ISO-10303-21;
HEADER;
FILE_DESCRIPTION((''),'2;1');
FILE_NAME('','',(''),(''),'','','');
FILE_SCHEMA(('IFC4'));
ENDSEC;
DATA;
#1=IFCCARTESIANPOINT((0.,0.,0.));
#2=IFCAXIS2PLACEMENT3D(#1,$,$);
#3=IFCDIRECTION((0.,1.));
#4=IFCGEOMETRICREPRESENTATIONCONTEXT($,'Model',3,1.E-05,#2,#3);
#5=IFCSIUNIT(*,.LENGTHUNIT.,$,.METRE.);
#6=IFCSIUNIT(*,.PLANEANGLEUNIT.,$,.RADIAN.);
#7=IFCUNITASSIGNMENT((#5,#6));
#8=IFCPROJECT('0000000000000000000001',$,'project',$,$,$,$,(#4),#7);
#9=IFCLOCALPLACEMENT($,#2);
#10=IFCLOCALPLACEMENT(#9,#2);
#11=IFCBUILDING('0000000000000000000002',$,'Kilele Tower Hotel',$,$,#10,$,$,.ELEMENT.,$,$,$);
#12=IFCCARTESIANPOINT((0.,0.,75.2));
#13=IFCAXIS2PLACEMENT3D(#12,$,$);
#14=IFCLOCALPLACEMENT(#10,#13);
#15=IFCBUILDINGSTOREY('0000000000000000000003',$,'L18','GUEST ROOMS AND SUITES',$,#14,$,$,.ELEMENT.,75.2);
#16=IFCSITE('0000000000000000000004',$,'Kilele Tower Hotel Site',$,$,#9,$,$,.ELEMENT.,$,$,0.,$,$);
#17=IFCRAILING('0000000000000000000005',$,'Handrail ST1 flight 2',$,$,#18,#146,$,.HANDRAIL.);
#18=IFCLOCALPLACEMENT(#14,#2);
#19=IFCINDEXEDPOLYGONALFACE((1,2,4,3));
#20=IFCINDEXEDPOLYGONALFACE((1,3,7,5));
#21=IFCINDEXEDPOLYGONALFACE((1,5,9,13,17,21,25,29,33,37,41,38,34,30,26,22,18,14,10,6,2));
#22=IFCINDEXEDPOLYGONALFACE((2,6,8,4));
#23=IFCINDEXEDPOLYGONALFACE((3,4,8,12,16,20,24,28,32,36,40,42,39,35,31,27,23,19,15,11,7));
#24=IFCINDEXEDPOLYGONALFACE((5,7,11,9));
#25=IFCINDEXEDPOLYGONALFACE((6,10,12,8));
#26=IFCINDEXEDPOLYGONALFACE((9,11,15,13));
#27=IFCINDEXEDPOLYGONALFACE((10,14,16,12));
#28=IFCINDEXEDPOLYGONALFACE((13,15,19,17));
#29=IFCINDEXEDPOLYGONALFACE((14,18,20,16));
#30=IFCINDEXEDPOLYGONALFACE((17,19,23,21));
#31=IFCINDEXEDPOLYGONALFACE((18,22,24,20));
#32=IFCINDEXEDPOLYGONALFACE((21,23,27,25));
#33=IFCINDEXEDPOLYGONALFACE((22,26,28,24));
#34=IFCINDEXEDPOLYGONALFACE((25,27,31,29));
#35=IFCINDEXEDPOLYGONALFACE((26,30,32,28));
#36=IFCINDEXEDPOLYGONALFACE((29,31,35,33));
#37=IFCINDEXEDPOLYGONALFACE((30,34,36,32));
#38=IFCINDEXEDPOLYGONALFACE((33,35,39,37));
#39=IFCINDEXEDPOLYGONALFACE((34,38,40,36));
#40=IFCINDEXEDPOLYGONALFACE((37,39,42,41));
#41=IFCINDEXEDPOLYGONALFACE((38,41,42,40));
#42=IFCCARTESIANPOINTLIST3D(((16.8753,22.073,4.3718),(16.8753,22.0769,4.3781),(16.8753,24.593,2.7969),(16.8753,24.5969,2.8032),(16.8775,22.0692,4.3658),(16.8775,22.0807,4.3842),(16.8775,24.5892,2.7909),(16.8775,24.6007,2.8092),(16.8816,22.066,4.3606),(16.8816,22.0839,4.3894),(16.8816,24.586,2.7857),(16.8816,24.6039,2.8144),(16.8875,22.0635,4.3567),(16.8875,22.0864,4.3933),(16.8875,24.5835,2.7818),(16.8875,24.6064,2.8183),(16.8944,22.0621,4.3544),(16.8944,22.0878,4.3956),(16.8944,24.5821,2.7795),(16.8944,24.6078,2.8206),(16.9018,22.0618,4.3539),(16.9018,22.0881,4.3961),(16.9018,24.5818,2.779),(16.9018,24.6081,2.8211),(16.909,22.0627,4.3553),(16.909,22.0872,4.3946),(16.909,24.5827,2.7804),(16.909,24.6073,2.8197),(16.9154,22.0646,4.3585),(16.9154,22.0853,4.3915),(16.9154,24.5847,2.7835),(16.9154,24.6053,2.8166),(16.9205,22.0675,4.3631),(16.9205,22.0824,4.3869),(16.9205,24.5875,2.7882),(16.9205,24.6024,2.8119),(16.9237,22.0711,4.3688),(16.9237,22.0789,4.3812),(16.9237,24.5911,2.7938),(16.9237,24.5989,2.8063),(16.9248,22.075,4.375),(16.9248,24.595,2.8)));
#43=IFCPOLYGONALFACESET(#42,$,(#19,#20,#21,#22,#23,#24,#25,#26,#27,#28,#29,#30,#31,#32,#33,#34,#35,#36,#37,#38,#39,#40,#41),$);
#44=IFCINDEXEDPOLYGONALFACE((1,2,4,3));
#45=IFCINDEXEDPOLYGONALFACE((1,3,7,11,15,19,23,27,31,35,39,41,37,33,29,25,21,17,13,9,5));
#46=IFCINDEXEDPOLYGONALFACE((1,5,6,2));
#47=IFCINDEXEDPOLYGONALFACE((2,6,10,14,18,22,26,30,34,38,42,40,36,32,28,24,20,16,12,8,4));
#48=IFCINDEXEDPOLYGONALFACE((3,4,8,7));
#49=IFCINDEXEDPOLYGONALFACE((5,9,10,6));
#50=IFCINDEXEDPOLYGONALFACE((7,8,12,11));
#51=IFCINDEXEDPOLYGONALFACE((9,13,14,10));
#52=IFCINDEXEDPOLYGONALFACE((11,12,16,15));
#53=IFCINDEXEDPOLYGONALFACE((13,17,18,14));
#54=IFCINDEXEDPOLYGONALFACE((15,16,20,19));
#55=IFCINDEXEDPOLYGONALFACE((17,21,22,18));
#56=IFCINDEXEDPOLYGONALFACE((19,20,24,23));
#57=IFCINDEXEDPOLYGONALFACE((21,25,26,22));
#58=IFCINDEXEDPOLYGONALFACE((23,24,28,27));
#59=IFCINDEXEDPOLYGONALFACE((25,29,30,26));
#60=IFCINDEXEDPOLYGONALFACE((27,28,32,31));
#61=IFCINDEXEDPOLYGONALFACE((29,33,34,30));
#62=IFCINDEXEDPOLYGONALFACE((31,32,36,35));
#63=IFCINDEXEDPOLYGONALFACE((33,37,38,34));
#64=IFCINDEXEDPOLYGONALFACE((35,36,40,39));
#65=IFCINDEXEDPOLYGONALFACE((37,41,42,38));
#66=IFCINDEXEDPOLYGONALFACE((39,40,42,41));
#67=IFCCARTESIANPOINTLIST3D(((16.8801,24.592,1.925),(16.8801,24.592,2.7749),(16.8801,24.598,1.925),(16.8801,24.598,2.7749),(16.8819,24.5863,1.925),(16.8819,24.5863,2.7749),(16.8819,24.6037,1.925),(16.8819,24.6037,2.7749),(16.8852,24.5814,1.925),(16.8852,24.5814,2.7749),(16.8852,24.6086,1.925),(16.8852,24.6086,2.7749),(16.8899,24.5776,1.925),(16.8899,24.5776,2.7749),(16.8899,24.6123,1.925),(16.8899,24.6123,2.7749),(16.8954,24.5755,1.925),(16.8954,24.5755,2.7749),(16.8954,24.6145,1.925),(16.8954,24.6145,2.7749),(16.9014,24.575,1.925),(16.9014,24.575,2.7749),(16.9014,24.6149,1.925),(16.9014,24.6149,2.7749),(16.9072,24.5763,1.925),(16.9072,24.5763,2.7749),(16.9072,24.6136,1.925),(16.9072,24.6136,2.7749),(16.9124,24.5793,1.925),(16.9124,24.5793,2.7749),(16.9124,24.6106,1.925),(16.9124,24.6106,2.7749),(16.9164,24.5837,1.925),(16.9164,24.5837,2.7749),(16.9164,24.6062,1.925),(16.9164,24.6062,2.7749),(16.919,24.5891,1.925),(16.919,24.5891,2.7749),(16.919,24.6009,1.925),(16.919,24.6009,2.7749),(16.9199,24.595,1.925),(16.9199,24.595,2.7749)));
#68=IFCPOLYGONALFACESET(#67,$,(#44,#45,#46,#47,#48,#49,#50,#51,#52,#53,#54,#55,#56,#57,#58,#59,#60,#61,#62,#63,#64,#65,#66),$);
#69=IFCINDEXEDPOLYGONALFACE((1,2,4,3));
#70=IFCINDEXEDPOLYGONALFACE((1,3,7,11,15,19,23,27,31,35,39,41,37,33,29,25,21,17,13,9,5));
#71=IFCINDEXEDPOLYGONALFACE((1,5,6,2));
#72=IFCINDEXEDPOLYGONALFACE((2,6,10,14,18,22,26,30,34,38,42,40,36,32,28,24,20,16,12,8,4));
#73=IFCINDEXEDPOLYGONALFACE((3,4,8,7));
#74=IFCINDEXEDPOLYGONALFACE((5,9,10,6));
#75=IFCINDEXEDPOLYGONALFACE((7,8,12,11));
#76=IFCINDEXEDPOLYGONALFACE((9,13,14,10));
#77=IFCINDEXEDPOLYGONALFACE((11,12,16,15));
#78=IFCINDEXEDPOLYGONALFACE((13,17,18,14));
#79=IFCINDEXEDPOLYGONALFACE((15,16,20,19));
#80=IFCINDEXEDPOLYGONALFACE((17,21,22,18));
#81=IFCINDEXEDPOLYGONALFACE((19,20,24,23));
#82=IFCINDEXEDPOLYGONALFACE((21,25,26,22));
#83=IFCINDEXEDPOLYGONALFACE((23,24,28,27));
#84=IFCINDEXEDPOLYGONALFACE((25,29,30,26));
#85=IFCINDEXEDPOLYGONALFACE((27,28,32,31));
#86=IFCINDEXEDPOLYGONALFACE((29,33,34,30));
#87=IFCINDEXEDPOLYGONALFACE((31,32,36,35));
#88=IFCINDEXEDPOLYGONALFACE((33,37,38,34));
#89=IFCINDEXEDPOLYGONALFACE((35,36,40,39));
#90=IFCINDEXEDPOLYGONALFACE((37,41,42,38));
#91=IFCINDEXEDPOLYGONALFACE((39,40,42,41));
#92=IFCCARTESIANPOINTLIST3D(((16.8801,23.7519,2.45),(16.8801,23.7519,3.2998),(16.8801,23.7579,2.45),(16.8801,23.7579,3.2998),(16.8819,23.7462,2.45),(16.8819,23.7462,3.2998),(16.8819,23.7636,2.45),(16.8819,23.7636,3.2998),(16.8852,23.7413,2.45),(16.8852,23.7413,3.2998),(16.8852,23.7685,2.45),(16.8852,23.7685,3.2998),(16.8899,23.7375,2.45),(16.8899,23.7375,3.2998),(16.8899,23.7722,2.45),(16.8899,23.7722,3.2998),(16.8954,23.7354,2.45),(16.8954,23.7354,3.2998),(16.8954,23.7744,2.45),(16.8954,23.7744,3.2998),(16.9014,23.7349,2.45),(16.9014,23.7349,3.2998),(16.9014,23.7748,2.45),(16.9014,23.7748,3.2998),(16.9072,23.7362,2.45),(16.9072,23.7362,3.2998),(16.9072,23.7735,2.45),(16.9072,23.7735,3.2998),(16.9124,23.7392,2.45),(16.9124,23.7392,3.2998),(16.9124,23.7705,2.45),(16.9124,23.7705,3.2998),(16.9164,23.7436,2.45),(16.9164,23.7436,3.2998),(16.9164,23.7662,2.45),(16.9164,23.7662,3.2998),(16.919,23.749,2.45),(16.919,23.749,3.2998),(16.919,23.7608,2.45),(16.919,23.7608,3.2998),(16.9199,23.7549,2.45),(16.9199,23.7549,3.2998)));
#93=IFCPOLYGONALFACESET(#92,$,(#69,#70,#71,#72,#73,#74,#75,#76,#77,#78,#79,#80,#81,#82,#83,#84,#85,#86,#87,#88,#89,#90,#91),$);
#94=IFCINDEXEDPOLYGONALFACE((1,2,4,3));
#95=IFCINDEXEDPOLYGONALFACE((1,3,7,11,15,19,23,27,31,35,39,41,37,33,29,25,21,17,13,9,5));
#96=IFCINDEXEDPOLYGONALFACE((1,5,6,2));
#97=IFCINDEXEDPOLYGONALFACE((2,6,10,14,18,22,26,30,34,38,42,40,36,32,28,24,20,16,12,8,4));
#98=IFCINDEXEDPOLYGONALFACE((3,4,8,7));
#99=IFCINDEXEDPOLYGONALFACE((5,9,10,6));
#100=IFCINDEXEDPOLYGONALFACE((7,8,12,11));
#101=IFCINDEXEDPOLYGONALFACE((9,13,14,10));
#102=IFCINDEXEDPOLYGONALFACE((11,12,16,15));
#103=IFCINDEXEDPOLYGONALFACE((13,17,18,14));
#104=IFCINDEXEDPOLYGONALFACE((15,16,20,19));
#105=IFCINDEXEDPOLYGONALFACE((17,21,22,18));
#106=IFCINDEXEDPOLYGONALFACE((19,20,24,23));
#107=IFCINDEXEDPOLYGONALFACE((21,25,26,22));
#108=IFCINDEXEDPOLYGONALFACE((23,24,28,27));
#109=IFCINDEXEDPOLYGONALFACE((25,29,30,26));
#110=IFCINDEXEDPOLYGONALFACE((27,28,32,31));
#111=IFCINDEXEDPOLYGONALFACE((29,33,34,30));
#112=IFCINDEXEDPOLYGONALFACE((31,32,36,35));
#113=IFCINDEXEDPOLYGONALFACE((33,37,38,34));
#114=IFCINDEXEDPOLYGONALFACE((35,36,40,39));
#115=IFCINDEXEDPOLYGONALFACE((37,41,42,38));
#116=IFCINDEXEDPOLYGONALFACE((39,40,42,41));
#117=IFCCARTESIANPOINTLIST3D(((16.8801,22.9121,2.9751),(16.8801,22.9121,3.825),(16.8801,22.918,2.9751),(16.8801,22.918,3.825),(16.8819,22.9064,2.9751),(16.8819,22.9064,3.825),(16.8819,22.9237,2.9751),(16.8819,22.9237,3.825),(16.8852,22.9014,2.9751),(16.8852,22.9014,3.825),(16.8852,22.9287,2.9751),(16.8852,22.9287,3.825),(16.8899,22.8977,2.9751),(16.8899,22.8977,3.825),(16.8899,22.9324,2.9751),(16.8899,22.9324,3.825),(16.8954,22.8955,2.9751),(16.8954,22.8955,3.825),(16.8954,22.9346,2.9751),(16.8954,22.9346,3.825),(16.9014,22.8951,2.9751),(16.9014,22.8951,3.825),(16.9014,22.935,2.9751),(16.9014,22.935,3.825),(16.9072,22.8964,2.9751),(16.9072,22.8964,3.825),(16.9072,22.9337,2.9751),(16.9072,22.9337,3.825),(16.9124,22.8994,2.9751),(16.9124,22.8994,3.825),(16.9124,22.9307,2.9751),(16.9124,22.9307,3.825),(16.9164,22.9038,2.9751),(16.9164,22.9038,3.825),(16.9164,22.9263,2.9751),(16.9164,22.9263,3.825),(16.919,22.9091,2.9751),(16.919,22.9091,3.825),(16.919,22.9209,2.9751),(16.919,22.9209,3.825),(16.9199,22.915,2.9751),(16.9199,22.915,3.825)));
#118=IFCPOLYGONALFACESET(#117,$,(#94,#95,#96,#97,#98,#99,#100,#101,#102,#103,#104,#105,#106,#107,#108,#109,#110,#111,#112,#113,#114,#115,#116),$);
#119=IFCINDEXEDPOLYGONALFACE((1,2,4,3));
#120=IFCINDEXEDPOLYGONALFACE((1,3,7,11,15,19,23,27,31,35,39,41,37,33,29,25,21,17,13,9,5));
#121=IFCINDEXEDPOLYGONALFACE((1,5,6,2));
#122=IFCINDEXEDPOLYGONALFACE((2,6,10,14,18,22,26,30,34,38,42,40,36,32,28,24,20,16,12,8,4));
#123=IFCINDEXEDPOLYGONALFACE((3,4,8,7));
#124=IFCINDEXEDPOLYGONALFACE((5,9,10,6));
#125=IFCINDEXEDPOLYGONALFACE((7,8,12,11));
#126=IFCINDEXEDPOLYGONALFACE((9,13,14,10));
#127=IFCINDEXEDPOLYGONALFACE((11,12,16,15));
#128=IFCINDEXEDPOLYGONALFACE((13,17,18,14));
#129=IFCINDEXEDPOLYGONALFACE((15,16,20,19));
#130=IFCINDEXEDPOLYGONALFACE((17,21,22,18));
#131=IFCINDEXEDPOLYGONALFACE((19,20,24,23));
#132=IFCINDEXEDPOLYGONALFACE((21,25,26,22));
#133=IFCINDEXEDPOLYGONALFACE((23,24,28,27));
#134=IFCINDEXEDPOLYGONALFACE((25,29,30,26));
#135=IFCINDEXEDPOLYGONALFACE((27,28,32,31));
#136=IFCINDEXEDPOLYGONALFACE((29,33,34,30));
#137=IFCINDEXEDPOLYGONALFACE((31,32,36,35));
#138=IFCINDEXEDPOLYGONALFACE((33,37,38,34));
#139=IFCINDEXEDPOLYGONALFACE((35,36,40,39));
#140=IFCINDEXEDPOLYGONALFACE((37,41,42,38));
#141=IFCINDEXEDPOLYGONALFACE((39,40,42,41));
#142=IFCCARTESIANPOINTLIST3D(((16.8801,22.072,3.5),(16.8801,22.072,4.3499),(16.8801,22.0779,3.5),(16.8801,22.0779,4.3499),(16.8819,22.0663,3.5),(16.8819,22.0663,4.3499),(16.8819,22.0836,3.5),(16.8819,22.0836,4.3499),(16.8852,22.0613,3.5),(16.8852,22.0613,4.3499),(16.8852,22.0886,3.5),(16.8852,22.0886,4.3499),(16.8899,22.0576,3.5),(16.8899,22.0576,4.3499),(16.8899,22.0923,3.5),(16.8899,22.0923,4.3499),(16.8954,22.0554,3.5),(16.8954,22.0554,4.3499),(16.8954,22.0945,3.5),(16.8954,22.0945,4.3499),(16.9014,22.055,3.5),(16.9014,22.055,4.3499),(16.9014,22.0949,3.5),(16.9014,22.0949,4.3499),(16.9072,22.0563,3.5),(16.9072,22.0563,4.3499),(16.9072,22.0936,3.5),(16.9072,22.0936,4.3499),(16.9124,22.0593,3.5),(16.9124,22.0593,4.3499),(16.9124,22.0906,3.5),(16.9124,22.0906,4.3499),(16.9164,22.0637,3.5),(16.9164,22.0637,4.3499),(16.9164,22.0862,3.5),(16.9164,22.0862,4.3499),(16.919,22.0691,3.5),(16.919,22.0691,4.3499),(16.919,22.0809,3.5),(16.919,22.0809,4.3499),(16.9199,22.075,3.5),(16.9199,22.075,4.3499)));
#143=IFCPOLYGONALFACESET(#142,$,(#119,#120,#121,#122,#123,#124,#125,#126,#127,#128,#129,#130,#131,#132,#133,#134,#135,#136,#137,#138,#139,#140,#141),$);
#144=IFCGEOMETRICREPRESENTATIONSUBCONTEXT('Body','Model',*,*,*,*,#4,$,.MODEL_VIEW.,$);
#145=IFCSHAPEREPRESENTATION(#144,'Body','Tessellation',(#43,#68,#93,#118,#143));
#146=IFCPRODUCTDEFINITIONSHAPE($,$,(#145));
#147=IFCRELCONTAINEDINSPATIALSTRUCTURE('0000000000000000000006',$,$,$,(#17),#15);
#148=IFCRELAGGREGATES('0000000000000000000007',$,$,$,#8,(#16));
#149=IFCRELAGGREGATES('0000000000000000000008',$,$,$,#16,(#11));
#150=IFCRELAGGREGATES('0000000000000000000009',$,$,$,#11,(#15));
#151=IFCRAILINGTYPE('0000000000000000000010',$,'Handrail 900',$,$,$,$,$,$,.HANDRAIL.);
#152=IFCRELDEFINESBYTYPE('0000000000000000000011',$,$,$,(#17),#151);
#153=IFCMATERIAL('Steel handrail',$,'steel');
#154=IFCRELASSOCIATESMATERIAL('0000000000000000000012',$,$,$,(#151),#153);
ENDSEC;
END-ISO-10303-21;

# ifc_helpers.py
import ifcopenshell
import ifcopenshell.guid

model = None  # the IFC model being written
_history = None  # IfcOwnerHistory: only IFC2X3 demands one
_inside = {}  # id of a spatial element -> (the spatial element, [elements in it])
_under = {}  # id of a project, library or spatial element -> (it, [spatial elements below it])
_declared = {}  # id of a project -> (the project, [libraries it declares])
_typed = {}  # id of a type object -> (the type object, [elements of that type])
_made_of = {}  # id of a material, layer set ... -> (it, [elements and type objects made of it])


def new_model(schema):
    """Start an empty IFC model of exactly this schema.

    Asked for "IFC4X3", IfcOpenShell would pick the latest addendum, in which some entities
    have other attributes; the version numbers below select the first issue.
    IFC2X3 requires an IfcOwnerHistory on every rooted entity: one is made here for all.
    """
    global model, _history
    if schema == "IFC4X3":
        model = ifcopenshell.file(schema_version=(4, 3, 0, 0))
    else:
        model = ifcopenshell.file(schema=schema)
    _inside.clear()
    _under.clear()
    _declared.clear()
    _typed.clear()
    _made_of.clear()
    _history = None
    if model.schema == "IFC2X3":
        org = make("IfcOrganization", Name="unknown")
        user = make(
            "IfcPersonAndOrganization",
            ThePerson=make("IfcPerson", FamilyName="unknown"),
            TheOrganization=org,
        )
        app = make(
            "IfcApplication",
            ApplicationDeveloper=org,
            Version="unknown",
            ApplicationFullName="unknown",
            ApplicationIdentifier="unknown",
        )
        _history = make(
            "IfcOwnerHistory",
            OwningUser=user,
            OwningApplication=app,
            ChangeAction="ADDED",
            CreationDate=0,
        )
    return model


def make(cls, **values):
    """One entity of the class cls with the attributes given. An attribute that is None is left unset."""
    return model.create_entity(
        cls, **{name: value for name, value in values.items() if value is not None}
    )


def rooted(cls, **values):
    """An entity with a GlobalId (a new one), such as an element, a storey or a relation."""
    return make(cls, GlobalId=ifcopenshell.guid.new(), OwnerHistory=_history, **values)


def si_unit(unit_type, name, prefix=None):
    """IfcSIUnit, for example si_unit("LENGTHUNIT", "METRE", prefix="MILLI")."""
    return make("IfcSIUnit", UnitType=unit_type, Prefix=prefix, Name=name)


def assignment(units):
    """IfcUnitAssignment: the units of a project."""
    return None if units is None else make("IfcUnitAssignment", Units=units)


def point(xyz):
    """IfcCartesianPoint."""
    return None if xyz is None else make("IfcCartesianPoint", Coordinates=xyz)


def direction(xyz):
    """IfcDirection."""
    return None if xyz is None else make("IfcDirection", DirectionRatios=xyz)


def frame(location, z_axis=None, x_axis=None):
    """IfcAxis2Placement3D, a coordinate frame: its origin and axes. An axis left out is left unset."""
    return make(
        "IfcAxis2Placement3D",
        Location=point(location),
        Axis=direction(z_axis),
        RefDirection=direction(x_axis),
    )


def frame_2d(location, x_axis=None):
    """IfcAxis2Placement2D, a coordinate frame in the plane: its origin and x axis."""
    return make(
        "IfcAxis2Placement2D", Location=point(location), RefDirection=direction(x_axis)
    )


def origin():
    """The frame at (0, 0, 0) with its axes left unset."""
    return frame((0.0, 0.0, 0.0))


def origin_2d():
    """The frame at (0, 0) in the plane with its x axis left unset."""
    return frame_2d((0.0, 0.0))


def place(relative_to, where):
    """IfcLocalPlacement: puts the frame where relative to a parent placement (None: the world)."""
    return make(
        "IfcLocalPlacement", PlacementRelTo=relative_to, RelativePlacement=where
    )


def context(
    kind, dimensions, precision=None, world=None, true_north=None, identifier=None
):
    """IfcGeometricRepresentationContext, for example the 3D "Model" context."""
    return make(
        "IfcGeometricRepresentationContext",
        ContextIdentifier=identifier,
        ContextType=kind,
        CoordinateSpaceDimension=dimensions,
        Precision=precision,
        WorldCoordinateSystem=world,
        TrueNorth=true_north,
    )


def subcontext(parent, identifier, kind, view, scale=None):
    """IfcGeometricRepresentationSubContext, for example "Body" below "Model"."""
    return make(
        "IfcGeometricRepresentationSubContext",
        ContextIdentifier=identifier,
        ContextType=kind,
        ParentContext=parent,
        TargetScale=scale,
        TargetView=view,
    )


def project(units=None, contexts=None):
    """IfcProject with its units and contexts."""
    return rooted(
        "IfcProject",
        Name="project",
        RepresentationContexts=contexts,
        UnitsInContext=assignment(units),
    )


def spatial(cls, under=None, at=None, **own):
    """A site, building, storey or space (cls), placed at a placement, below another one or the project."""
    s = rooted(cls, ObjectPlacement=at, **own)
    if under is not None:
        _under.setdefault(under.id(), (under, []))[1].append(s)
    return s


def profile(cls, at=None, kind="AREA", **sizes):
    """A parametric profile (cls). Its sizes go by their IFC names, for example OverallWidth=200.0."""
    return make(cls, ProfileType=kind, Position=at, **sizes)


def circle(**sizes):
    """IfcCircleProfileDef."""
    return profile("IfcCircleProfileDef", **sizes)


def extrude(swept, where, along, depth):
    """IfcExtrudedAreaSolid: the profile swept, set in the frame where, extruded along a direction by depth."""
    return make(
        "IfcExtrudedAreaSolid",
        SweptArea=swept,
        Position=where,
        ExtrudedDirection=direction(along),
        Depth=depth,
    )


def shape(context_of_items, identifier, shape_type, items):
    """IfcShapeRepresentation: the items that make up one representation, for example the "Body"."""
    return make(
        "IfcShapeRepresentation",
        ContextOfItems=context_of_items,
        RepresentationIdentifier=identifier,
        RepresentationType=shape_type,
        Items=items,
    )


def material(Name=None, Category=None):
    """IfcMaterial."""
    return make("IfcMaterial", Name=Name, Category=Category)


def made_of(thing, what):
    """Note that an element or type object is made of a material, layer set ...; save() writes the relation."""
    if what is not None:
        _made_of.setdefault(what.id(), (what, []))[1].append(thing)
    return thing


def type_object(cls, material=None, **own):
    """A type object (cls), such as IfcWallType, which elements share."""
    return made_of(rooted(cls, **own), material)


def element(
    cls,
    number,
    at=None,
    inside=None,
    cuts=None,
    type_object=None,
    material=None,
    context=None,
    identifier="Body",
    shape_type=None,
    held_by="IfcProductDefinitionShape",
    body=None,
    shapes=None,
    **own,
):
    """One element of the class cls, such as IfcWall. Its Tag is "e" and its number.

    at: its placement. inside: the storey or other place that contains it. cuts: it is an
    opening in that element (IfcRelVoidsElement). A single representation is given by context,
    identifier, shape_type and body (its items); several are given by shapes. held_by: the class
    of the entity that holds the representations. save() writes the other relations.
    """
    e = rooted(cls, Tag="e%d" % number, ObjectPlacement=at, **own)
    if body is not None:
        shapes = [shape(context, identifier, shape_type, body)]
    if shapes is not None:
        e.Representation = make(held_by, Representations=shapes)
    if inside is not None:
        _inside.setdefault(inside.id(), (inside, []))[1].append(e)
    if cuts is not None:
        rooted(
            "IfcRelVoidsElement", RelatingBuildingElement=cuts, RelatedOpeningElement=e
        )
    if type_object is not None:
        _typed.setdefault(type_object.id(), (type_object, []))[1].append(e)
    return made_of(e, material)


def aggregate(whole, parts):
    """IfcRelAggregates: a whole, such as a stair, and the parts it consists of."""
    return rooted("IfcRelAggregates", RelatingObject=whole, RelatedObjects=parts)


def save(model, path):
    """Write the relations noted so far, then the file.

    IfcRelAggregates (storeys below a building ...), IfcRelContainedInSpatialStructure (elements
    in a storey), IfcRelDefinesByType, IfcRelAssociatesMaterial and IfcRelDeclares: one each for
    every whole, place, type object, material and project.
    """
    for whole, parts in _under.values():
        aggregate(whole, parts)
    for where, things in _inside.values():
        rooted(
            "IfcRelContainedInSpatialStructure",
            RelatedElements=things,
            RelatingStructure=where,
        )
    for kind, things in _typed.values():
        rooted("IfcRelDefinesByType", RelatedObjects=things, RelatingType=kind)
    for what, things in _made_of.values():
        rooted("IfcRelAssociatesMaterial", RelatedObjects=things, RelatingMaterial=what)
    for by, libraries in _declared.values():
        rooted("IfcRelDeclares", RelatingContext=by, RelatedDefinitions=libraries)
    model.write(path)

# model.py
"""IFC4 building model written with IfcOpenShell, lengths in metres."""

from ifc_helpers import new_model, si_unit, direction, frame, origin, origin_2d, place, context, subcontext, project, spatial, circle, extrude, material, type_object, element, save


model = new_model("IFC4")

# Units and contexts
model_context = context("Model", 3, precision=1e-05, world=origin(), true_north=direction((0.0, 1.0)))
body_context = subcontext(model_context, "Body", "Model", "MODEL_VIEW")
ifc_project = project(units=[si_unit("LENGTHUNIT", "METRE"), si_unit("PLANEANGLEUNIT", "RADIAN")], contexts=[model_context])

# Site, building, storey
site_placement = place(None, origin())
site = spatial("IfcSite", under=ifc_project, at=site_placement, Name="Kilele Tower Hotel Site", CompositionType="ELEMENT", RefElevation=0.0)
building_placement = place(site_placement, origin())
building = spatial("IfcBuilding", under=site, at=building_placement, Name="Kilele Tower Hotel", CompositionType="ELEMENT")
storey_placement = place(building_placement, frame((0.0, 0.0, 75.2)))
storey = spatial("IfcBuildingStorey", under=building, at=storey_placement, Name="L18", Description="GUEST ROOMS AND SUITES", CompositionType="ELEMENT", Elevation=75.2)

# Railing
ifc_material_1 = material(Name="Steel handrail", Category="steel")
railing_type_1 = type_object("IfcRailingType", Name="Handrail 900", PredefinedType="HANDRAIL", material=ifc_material_1)
for number, where, name in (
    (1, (16.8999, 24.595, 1.925), "Handrail ST1 flight 2"),
):
    element("IfcRailing", number, at=place(storey_placement, frame(where)), inside=storey, type_object=railing_type_1, Name=name, PredefinedType="HANDRAIL", context=body_context, shape_type="SweptSolid", body=[
        extrude(circle(Radius=0.0249, at=origin_2d()), frame((0.0, 0.0, 0.875), z_axis=(0.0, -0.848008, 0.529984), x_axis=(1.0, 0.0, 0.0)), (0.0, 0.0, 1.0), 2.9717),
        extrude(circle(Radius=0.02, at=origin_2d()), origin(), (0.0, 0.0, 1.0), 0.8499),
        extrude(circle(Radius=0.02, at=origin_2d()), frame((0.0, -0.8401, 0.5249)), (0.0, 0.0, 1.0), 0.8499),
        extrude(circle(Radius=0.02, at=origin_2d()), frame((0.0, -1.6799, 1.05)), (0.0, 0.0, 1.0), 0.8499),
        extrude(circle(Radius=0.02, at=origin_2d()), frame((0.0, -2.52, 1.575)), (0.0, 0.0, 1.0), 0.8499),
    ])

save(model, "model.ifc")
